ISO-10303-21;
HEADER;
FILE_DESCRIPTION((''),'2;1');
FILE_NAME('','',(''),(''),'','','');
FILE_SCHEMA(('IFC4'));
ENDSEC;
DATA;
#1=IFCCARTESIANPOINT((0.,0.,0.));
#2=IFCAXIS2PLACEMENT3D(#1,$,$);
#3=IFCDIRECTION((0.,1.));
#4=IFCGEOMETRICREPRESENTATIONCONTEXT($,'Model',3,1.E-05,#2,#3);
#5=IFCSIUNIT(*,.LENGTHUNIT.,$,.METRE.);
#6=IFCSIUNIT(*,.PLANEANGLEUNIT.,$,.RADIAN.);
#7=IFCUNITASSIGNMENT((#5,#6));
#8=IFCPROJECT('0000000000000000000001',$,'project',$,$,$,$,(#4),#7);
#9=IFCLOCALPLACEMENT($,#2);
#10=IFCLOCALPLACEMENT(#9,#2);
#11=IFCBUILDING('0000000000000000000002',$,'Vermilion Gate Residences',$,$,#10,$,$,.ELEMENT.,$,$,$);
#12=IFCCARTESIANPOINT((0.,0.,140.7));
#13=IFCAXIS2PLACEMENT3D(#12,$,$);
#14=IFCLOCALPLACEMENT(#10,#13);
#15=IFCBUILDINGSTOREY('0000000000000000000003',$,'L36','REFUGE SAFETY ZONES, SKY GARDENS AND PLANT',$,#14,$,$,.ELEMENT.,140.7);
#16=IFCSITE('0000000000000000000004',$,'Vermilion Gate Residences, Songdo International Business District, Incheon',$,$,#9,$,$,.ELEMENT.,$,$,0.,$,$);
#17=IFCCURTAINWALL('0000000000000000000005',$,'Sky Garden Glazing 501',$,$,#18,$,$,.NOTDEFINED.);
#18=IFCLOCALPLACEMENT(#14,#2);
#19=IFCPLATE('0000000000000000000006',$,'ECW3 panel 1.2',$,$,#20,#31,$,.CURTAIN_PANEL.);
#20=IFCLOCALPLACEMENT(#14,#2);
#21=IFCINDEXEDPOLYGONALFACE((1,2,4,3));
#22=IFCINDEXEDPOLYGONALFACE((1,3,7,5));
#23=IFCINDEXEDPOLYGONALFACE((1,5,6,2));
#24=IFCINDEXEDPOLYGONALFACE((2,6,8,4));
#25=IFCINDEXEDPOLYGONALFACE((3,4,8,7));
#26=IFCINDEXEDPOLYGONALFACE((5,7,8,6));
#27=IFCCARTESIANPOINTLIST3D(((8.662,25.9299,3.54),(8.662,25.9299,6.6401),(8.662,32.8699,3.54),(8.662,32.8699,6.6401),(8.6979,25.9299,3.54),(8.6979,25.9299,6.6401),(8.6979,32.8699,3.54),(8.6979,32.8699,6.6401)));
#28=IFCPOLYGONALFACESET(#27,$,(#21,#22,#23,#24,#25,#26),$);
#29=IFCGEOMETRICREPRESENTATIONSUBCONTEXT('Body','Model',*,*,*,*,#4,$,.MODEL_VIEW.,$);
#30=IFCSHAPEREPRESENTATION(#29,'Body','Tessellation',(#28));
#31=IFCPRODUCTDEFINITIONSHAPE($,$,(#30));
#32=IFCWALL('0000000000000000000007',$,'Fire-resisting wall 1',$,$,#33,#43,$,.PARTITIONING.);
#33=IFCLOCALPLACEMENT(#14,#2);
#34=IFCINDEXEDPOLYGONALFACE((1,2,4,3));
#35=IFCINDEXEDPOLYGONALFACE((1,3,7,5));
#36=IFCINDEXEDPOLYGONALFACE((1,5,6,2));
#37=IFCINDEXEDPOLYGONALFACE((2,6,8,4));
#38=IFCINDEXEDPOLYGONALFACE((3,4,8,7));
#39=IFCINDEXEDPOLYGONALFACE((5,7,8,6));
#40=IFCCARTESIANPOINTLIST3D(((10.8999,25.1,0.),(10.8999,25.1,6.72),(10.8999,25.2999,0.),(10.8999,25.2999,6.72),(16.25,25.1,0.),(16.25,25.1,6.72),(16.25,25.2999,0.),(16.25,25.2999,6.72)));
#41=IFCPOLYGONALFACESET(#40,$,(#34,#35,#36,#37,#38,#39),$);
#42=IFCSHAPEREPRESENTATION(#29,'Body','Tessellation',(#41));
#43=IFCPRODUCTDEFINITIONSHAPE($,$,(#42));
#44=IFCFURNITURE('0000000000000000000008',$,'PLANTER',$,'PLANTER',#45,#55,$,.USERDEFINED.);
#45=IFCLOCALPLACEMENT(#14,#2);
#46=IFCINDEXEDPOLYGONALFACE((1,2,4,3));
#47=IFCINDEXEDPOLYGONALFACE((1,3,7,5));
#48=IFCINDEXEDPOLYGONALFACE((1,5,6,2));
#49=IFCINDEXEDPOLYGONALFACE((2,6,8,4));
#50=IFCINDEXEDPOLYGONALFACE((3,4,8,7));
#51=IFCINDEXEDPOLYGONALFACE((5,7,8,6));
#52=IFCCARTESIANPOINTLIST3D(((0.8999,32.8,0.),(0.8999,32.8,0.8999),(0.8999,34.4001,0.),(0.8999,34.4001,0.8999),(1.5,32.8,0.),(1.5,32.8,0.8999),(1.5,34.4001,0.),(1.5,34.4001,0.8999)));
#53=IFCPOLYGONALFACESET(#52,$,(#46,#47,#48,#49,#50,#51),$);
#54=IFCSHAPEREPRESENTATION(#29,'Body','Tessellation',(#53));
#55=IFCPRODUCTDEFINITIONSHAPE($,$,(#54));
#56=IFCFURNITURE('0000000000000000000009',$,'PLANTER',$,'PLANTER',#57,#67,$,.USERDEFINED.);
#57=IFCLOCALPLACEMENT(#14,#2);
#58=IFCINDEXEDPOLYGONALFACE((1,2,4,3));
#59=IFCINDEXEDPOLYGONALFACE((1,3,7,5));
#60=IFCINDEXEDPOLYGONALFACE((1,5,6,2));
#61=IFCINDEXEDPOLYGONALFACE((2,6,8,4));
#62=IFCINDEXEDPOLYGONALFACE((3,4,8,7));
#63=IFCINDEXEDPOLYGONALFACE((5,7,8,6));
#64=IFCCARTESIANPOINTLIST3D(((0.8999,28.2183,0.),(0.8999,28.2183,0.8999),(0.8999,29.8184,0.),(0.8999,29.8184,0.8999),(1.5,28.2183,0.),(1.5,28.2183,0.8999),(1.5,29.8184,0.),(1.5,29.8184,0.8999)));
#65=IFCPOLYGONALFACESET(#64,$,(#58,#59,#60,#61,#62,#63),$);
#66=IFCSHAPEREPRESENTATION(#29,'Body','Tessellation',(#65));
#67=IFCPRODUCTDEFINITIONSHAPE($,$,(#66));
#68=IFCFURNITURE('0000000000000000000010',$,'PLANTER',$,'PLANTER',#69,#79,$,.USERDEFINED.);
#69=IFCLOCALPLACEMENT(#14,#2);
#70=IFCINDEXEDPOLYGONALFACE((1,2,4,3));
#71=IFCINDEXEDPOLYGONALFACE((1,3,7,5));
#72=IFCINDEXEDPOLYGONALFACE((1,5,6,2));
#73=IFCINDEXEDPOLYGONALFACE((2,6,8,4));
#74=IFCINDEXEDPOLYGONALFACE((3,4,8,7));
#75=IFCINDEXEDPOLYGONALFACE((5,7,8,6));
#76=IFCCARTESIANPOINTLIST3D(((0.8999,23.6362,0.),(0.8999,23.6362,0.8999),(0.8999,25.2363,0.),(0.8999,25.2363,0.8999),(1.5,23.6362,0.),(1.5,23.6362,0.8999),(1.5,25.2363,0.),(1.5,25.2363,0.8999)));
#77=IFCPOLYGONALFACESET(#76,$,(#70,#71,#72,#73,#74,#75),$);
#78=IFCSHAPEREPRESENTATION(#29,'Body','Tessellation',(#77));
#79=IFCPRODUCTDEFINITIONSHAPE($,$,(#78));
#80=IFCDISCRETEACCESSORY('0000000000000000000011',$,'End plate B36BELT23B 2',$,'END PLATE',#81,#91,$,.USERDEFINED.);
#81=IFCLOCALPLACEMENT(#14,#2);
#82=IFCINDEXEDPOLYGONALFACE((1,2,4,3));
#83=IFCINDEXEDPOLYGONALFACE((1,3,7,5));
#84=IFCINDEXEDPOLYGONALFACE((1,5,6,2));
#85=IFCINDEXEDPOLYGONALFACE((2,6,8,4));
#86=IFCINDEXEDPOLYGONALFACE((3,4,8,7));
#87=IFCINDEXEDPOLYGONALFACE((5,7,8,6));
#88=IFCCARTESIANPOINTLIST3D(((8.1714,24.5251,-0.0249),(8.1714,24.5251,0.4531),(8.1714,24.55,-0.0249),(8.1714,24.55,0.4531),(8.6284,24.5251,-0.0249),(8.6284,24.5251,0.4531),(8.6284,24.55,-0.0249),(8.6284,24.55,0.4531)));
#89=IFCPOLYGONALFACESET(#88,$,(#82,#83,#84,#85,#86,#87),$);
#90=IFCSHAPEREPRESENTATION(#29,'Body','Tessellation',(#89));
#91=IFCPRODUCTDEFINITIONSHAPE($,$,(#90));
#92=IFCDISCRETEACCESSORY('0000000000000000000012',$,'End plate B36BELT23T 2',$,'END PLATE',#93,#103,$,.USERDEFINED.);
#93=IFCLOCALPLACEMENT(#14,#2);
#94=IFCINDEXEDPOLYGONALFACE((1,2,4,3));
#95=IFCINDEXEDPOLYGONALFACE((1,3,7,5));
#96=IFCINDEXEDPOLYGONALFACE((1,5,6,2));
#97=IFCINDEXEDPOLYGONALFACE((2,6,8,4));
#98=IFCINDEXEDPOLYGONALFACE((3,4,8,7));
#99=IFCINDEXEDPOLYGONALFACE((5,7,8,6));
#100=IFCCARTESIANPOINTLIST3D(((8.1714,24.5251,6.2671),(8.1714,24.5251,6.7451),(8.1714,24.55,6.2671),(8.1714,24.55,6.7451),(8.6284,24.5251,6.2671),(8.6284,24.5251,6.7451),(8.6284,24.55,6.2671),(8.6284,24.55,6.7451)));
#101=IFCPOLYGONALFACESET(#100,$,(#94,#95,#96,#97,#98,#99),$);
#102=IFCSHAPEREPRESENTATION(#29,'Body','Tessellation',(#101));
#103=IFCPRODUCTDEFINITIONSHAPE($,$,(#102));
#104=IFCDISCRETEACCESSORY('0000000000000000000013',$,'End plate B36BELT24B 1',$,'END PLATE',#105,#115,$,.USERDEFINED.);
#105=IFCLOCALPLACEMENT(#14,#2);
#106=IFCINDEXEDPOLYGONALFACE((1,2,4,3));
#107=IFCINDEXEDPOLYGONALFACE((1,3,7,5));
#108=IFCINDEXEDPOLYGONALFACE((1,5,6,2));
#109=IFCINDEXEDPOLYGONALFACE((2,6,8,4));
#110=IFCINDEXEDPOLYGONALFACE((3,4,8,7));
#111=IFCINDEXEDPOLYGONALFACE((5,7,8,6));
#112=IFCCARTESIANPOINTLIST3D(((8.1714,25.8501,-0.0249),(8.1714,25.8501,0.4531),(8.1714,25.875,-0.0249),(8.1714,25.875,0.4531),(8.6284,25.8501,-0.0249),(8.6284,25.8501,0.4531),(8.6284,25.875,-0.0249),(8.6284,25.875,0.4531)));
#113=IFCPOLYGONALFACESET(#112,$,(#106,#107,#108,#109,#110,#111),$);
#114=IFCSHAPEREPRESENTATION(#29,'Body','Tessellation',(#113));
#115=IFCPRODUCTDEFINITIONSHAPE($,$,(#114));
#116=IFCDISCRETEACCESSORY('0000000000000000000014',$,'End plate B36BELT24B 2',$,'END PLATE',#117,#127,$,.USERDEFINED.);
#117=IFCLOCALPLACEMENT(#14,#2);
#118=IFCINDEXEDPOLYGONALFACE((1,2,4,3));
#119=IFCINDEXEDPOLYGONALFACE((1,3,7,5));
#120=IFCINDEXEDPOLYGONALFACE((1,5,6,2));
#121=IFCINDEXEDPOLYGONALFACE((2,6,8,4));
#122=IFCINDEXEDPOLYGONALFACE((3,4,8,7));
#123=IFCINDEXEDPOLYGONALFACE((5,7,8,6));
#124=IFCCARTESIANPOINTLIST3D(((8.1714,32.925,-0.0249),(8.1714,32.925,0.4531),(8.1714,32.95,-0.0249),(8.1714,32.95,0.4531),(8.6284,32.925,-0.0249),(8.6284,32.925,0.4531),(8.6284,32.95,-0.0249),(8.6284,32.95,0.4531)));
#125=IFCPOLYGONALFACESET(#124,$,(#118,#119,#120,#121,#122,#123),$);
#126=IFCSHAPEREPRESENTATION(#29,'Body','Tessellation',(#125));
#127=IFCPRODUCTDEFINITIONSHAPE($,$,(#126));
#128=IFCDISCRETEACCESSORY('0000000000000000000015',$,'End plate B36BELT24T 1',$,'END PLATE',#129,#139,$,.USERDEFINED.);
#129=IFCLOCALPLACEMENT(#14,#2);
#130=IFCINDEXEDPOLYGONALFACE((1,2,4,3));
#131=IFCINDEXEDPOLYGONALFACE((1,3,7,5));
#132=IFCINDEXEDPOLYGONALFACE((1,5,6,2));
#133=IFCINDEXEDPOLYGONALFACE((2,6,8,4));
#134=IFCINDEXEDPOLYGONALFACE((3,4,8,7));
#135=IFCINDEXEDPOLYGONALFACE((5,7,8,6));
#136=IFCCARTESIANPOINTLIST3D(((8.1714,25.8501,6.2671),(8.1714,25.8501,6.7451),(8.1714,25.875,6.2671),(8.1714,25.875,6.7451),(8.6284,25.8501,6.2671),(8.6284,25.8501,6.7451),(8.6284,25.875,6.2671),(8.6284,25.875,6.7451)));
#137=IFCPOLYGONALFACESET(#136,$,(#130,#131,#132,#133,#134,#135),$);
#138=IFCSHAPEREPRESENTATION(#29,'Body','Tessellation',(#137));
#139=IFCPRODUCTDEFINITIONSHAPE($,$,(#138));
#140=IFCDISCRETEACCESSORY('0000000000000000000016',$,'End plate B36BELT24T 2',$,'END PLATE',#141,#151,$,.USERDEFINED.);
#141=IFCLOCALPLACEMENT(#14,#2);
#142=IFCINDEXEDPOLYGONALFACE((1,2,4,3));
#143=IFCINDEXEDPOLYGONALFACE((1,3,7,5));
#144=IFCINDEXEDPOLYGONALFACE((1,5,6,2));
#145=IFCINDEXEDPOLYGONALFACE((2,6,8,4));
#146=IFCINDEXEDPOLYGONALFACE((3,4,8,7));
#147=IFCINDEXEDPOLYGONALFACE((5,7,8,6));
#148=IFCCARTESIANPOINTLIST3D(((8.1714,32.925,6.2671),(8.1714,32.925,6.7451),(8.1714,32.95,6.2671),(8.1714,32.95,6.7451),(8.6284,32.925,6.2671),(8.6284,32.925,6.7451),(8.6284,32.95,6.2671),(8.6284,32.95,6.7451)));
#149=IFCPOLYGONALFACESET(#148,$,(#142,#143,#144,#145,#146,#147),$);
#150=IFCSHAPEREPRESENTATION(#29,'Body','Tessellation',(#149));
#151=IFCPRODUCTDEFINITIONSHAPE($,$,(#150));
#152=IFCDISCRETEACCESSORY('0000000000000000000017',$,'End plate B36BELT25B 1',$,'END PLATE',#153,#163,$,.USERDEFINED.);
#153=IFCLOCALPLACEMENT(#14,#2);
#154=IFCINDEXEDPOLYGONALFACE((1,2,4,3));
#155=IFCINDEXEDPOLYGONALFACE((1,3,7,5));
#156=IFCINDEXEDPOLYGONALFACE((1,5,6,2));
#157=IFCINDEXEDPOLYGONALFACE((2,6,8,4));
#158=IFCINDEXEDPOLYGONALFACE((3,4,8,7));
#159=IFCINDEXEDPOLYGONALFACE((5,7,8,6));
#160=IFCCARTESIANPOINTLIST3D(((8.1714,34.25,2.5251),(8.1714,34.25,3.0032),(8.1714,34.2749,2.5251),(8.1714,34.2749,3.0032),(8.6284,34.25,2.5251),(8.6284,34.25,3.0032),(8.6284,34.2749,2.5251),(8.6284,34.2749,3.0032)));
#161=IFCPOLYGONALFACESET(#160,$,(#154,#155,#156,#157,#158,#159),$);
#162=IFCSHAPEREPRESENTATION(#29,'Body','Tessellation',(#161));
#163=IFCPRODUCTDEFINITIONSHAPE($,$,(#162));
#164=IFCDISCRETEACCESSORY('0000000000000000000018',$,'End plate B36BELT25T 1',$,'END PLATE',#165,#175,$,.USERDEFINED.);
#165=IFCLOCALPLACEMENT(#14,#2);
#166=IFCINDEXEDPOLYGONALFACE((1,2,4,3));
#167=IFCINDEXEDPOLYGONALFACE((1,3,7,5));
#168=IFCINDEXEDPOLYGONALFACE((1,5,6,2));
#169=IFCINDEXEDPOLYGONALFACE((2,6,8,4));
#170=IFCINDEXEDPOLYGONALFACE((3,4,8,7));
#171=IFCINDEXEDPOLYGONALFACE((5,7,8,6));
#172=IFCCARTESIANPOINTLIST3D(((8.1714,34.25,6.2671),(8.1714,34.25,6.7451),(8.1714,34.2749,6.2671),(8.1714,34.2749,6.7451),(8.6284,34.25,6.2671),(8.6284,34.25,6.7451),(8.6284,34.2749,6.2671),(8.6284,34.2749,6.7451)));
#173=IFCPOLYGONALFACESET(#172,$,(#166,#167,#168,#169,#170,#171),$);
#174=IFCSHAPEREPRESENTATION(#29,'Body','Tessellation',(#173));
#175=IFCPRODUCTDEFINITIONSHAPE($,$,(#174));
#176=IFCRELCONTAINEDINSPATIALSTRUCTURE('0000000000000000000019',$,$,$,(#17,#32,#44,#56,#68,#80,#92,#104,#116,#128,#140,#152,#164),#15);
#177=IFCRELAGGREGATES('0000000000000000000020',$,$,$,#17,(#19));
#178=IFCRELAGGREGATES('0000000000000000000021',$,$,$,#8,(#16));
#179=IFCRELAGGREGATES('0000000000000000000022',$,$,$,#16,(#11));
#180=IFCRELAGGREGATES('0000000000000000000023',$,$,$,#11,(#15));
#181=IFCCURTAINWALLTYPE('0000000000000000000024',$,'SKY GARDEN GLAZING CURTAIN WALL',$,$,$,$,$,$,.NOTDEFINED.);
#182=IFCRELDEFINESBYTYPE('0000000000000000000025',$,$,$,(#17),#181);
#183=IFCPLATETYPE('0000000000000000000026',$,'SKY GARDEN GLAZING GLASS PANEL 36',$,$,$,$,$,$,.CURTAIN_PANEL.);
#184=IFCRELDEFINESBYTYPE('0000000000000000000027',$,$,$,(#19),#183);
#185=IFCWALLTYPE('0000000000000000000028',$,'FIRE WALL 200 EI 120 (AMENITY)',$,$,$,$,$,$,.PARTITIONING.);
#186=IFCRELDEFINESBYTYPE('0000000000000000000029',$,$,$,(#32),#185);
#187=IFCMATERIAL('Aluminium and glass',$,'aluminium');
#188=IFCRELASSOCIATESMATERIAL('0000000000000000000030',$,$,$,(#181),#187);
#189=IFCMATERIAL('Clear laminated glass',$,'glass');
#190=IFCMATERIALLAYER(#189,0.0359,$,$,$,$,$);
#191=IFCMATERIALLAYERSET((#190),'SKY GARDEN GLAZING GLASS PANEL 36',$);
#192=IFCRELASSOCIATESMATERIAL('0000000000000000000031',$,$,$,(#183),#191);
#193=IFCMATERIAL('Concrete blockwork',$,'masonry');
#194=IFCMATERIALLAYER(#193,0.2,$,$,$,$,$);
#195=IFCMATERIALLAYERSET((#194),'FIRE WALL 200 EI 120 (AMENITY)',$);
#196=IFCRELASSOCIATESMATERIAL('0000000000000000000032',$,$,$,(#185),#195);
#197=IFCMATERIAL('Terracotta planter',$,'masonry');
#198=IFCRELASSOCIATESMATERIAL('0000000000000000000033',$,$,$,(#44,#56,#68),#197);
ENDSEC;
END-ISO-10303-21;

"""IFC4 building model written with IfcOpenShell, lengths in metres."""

from ifc_helpers import new_model, si_unit, direction, frame, frame_2d, origin, origin_2d, place, context, subcontext, project, spatial, rectangle, extrude, material, layer, layer_set, type_object, element, aggregate, save


model = new_model("IFC4")

# Units and contexts
model_context = context("Model", 3, precision=1e-05, world=origin(), true_north=direction((0.0, 1.0)))
body_context = subcontext(model_context, "Body", "Model", "MODEL_VIEW")
ifc_project = project(units=[si_unit("LENGTHUNIT", "METRE"), si_unit("PLANEANGLEUNIT", "RADIAN")], contexts=[model_context])

# Site, building, storey
site_placement = place(None, origin())
site = spatial("IfcSite", under=ifc_project, at=site_placement, Name="Vermilion Gate Residences, Songdo International Business District, Incheon", CompositionType="ELEMENT", RefElevation=0.0)
building_placement = place(site_placement, origin())
building = spatial("IfcBuilding", under=site, at=building_placement, Name="Vermilion Gate Residences", CompositionType="ELEMENT")
storey_placement = place(building_placement, frame((0.0, 0.0, 140.7)))
storey = spatial("IfcBuildingStorey", under=building, at=storey_placement, Name="L36", Description="REFUGE SAFETY ZONES, SKY GARDENS AND PLANT", CompositionType="ELEMENT", Elevation=140.7)

# Curtain wall
ifc_material_1 = material(Name="Aluminium and glass", Category="aluminium")
curtain_wall_type = type_object("IfcCurtainWallType", Name="SKY GARDEN GLAZING CURTAIN WALL", PredefinedType="NOTDEFINED", material=ifc_material_1)
curtain_wall_1_placement = place(storey_placement, origin())
curtain_wall_1 = element("IfcCurtainWall", 1, at=curtain_wall_1_placement, inside=storey, type_object=curtain_wall_type, Name="Sky Garden Glazing 501", PredefinedType="NOTDEFINED")

# Shared definitions
ifc_material_2 = material(Name="Clear laminated glass", Category="glass")
ifc_layer_1 = layer(ifc_material_2, 0.0359)
ifc_layer_set_1 = layer_set([ifc_layer_1], Name="SKY GARDEN GLAZING GLASS PANEL 36")
plate_type = type_object("IfcPlateType", Name="SKY GARDEN GLAZING GLASS PANEL 36", PredefinedType="CURTAIN_PANEL", material=ifc_layer_set_1)

# Plate
plate_1_placement = place(storey_placement, frame((8.6799, 29.3999, 3.54), z_axis=(0.0, 0.0, 1.0), x_axis=(0.0, -1.0, 0.0)))
plate_1 = element("IfcPlate", 2, at=plate_1_placement, type_object=plate_type, Name="ECW3 panel 1.2", PredefinedType="CURTAIN_PANEL", context=body_context, shape_type="SweptSolid", body=[
    extrude(rectangle(XDim=6.9399, YDim=0.0359, at=origin_2d()), origin(), (0.0, 0.0, 1.0), 3.1001),
])
aggregate(curtain_wall_1, [plate_1])

# Wall
ifc_material_3 = material(Name="Concrete blockwork", Category="masonry")
ifc_layer_2 = layer(ifc_material_3, 0.2)
ifc_layer_set_2 = layer_set([ifc_layer_2], Name="FIRE WALL 200 EI 120 (AMENITY)")
wall_type = type_object("IfcWallType", Name="FIRE WALL 200 EI 120 (AMENITY)", PredefinedType="PARTITIONING", material=ifc_layer_set_2)
wall_placement = place(storey_placement, frame((10.8999, 25.2, 0.0), z_axis=(0.0, 0.0, 1.0), x_axis=(1.0, 0.0, 0.0)))
element("IfcWall", 3, at=wall_placement, inside=storey, type_object=wall_type, Name="Fire-resisting wall 1", PredefinedType="PARTITIONING", context=body_context, shape_type="SweptSolid", body=[
    extrude(rectangle(XDim=5.3501, YDim=0.2, at=frame_2d((2.675, 0.0))), origin(), (0.0, 0.0, 1.0), 6.72),
])

# Furniture
ifc_material_4 = material(Name="Terracotta planter", Category="masonry")
for number, where, z_axis, x_axis, name in (
    (4, (1.2, 33.6001, 0.0), (0.0, 0.0, 1.0), (0.0, -1.0, 0.0), "PLANTER"),
    (5, (1.2, 29.0183, 0.0), (0.0, 0.0, 1.0), (0.0, -1.0, 0.0), "PLANTER"),
    (6, (1.2, 24.4363, 0.0), (0.0, 0.0, 1.0), (0.0, -1.0, 0.0), "PLANTER"),
):
    element("IfcFurniture", number, at=place(storey_placement, frame(where, z_axis=z_axis, x_axis=x_axis)), inside=storey, material=ifc_material_4, Name=name, ObjectType="PLANTER", PredefinedType="USERDEFINED", context=body_context, shape_type="SweptSolid", body=[
        extrude(rectangle(XDim=1.6001, YDim=0.6001, at=origin_2d()), origin(), (0.0, 0.0, 1.0), 0.8999),
    ])

# Discrete accessories
for number, where, z_axis, x_axis, name in (
    (7, (8.3999, 24.5376, -0.0249), (0.0, 0.0, 1.0), (1.0, 0.0, 0.0), "End plate B36BELT23B 2"),
    (8, (8.3999, 24.5376, 6.2671), (0.0, 0.0, 1.0), (1.0, 0.0, 0.0), "End plate B36BELT23T 2"),
    (9, (8.3999, 25.8625, -0.0249), (0.0, 0.0, 1.0), (1.0, 0.0, 0.0), "End plate B36BELT24B 1"),
    (10, (8.3999, 32.9375, -0.0249), (0.0, 0.0, 1.0), (1.0, 0.0, 0.0), "End plate B36BELT24B 2"),
    (11, (8.3999, 25.8625, 6.2671), (0.0, 0.0, 1.0), (1.0, 0.0, 0.0), "End plate B36BELT24T 1"),
    (12, (8.3999, 32.9375, 6.2671), (0.0, 0.0, 1.0), (1.0, 0.0, 0.0), "End plate B36BELT24T 2"),
    (13, (8.3999, 34.2625, 2.5251), (0.0, 0.0, 1.0), (1.0, 0.0, 0.0), "End plate B36BELT25B 1"),
    (14, (8.3999, 34.2625, 6.2671), (0.0, 0.0, 1.0), (1.0, 0.0, 0.0), "End plate B36BELT25T 1"),
):
    element("IfcDiscreteAccessory", number, at=place(storey_placement, frame(where, z_axis=z_axis, x_axis=x_axis)), inside=storey, Name=name, ObjectType="END PLATE", PredefinedType="USERDEFINED", context=body_context, shape_type="SweptSolid", body=[
        extrude(rectangle(XDim=0.457, YDim=0.0249, at=origin_2d()), origin(), (0.0, 0.0, 1.0), 0.478),
    ])

save(model, "model.ifc")
